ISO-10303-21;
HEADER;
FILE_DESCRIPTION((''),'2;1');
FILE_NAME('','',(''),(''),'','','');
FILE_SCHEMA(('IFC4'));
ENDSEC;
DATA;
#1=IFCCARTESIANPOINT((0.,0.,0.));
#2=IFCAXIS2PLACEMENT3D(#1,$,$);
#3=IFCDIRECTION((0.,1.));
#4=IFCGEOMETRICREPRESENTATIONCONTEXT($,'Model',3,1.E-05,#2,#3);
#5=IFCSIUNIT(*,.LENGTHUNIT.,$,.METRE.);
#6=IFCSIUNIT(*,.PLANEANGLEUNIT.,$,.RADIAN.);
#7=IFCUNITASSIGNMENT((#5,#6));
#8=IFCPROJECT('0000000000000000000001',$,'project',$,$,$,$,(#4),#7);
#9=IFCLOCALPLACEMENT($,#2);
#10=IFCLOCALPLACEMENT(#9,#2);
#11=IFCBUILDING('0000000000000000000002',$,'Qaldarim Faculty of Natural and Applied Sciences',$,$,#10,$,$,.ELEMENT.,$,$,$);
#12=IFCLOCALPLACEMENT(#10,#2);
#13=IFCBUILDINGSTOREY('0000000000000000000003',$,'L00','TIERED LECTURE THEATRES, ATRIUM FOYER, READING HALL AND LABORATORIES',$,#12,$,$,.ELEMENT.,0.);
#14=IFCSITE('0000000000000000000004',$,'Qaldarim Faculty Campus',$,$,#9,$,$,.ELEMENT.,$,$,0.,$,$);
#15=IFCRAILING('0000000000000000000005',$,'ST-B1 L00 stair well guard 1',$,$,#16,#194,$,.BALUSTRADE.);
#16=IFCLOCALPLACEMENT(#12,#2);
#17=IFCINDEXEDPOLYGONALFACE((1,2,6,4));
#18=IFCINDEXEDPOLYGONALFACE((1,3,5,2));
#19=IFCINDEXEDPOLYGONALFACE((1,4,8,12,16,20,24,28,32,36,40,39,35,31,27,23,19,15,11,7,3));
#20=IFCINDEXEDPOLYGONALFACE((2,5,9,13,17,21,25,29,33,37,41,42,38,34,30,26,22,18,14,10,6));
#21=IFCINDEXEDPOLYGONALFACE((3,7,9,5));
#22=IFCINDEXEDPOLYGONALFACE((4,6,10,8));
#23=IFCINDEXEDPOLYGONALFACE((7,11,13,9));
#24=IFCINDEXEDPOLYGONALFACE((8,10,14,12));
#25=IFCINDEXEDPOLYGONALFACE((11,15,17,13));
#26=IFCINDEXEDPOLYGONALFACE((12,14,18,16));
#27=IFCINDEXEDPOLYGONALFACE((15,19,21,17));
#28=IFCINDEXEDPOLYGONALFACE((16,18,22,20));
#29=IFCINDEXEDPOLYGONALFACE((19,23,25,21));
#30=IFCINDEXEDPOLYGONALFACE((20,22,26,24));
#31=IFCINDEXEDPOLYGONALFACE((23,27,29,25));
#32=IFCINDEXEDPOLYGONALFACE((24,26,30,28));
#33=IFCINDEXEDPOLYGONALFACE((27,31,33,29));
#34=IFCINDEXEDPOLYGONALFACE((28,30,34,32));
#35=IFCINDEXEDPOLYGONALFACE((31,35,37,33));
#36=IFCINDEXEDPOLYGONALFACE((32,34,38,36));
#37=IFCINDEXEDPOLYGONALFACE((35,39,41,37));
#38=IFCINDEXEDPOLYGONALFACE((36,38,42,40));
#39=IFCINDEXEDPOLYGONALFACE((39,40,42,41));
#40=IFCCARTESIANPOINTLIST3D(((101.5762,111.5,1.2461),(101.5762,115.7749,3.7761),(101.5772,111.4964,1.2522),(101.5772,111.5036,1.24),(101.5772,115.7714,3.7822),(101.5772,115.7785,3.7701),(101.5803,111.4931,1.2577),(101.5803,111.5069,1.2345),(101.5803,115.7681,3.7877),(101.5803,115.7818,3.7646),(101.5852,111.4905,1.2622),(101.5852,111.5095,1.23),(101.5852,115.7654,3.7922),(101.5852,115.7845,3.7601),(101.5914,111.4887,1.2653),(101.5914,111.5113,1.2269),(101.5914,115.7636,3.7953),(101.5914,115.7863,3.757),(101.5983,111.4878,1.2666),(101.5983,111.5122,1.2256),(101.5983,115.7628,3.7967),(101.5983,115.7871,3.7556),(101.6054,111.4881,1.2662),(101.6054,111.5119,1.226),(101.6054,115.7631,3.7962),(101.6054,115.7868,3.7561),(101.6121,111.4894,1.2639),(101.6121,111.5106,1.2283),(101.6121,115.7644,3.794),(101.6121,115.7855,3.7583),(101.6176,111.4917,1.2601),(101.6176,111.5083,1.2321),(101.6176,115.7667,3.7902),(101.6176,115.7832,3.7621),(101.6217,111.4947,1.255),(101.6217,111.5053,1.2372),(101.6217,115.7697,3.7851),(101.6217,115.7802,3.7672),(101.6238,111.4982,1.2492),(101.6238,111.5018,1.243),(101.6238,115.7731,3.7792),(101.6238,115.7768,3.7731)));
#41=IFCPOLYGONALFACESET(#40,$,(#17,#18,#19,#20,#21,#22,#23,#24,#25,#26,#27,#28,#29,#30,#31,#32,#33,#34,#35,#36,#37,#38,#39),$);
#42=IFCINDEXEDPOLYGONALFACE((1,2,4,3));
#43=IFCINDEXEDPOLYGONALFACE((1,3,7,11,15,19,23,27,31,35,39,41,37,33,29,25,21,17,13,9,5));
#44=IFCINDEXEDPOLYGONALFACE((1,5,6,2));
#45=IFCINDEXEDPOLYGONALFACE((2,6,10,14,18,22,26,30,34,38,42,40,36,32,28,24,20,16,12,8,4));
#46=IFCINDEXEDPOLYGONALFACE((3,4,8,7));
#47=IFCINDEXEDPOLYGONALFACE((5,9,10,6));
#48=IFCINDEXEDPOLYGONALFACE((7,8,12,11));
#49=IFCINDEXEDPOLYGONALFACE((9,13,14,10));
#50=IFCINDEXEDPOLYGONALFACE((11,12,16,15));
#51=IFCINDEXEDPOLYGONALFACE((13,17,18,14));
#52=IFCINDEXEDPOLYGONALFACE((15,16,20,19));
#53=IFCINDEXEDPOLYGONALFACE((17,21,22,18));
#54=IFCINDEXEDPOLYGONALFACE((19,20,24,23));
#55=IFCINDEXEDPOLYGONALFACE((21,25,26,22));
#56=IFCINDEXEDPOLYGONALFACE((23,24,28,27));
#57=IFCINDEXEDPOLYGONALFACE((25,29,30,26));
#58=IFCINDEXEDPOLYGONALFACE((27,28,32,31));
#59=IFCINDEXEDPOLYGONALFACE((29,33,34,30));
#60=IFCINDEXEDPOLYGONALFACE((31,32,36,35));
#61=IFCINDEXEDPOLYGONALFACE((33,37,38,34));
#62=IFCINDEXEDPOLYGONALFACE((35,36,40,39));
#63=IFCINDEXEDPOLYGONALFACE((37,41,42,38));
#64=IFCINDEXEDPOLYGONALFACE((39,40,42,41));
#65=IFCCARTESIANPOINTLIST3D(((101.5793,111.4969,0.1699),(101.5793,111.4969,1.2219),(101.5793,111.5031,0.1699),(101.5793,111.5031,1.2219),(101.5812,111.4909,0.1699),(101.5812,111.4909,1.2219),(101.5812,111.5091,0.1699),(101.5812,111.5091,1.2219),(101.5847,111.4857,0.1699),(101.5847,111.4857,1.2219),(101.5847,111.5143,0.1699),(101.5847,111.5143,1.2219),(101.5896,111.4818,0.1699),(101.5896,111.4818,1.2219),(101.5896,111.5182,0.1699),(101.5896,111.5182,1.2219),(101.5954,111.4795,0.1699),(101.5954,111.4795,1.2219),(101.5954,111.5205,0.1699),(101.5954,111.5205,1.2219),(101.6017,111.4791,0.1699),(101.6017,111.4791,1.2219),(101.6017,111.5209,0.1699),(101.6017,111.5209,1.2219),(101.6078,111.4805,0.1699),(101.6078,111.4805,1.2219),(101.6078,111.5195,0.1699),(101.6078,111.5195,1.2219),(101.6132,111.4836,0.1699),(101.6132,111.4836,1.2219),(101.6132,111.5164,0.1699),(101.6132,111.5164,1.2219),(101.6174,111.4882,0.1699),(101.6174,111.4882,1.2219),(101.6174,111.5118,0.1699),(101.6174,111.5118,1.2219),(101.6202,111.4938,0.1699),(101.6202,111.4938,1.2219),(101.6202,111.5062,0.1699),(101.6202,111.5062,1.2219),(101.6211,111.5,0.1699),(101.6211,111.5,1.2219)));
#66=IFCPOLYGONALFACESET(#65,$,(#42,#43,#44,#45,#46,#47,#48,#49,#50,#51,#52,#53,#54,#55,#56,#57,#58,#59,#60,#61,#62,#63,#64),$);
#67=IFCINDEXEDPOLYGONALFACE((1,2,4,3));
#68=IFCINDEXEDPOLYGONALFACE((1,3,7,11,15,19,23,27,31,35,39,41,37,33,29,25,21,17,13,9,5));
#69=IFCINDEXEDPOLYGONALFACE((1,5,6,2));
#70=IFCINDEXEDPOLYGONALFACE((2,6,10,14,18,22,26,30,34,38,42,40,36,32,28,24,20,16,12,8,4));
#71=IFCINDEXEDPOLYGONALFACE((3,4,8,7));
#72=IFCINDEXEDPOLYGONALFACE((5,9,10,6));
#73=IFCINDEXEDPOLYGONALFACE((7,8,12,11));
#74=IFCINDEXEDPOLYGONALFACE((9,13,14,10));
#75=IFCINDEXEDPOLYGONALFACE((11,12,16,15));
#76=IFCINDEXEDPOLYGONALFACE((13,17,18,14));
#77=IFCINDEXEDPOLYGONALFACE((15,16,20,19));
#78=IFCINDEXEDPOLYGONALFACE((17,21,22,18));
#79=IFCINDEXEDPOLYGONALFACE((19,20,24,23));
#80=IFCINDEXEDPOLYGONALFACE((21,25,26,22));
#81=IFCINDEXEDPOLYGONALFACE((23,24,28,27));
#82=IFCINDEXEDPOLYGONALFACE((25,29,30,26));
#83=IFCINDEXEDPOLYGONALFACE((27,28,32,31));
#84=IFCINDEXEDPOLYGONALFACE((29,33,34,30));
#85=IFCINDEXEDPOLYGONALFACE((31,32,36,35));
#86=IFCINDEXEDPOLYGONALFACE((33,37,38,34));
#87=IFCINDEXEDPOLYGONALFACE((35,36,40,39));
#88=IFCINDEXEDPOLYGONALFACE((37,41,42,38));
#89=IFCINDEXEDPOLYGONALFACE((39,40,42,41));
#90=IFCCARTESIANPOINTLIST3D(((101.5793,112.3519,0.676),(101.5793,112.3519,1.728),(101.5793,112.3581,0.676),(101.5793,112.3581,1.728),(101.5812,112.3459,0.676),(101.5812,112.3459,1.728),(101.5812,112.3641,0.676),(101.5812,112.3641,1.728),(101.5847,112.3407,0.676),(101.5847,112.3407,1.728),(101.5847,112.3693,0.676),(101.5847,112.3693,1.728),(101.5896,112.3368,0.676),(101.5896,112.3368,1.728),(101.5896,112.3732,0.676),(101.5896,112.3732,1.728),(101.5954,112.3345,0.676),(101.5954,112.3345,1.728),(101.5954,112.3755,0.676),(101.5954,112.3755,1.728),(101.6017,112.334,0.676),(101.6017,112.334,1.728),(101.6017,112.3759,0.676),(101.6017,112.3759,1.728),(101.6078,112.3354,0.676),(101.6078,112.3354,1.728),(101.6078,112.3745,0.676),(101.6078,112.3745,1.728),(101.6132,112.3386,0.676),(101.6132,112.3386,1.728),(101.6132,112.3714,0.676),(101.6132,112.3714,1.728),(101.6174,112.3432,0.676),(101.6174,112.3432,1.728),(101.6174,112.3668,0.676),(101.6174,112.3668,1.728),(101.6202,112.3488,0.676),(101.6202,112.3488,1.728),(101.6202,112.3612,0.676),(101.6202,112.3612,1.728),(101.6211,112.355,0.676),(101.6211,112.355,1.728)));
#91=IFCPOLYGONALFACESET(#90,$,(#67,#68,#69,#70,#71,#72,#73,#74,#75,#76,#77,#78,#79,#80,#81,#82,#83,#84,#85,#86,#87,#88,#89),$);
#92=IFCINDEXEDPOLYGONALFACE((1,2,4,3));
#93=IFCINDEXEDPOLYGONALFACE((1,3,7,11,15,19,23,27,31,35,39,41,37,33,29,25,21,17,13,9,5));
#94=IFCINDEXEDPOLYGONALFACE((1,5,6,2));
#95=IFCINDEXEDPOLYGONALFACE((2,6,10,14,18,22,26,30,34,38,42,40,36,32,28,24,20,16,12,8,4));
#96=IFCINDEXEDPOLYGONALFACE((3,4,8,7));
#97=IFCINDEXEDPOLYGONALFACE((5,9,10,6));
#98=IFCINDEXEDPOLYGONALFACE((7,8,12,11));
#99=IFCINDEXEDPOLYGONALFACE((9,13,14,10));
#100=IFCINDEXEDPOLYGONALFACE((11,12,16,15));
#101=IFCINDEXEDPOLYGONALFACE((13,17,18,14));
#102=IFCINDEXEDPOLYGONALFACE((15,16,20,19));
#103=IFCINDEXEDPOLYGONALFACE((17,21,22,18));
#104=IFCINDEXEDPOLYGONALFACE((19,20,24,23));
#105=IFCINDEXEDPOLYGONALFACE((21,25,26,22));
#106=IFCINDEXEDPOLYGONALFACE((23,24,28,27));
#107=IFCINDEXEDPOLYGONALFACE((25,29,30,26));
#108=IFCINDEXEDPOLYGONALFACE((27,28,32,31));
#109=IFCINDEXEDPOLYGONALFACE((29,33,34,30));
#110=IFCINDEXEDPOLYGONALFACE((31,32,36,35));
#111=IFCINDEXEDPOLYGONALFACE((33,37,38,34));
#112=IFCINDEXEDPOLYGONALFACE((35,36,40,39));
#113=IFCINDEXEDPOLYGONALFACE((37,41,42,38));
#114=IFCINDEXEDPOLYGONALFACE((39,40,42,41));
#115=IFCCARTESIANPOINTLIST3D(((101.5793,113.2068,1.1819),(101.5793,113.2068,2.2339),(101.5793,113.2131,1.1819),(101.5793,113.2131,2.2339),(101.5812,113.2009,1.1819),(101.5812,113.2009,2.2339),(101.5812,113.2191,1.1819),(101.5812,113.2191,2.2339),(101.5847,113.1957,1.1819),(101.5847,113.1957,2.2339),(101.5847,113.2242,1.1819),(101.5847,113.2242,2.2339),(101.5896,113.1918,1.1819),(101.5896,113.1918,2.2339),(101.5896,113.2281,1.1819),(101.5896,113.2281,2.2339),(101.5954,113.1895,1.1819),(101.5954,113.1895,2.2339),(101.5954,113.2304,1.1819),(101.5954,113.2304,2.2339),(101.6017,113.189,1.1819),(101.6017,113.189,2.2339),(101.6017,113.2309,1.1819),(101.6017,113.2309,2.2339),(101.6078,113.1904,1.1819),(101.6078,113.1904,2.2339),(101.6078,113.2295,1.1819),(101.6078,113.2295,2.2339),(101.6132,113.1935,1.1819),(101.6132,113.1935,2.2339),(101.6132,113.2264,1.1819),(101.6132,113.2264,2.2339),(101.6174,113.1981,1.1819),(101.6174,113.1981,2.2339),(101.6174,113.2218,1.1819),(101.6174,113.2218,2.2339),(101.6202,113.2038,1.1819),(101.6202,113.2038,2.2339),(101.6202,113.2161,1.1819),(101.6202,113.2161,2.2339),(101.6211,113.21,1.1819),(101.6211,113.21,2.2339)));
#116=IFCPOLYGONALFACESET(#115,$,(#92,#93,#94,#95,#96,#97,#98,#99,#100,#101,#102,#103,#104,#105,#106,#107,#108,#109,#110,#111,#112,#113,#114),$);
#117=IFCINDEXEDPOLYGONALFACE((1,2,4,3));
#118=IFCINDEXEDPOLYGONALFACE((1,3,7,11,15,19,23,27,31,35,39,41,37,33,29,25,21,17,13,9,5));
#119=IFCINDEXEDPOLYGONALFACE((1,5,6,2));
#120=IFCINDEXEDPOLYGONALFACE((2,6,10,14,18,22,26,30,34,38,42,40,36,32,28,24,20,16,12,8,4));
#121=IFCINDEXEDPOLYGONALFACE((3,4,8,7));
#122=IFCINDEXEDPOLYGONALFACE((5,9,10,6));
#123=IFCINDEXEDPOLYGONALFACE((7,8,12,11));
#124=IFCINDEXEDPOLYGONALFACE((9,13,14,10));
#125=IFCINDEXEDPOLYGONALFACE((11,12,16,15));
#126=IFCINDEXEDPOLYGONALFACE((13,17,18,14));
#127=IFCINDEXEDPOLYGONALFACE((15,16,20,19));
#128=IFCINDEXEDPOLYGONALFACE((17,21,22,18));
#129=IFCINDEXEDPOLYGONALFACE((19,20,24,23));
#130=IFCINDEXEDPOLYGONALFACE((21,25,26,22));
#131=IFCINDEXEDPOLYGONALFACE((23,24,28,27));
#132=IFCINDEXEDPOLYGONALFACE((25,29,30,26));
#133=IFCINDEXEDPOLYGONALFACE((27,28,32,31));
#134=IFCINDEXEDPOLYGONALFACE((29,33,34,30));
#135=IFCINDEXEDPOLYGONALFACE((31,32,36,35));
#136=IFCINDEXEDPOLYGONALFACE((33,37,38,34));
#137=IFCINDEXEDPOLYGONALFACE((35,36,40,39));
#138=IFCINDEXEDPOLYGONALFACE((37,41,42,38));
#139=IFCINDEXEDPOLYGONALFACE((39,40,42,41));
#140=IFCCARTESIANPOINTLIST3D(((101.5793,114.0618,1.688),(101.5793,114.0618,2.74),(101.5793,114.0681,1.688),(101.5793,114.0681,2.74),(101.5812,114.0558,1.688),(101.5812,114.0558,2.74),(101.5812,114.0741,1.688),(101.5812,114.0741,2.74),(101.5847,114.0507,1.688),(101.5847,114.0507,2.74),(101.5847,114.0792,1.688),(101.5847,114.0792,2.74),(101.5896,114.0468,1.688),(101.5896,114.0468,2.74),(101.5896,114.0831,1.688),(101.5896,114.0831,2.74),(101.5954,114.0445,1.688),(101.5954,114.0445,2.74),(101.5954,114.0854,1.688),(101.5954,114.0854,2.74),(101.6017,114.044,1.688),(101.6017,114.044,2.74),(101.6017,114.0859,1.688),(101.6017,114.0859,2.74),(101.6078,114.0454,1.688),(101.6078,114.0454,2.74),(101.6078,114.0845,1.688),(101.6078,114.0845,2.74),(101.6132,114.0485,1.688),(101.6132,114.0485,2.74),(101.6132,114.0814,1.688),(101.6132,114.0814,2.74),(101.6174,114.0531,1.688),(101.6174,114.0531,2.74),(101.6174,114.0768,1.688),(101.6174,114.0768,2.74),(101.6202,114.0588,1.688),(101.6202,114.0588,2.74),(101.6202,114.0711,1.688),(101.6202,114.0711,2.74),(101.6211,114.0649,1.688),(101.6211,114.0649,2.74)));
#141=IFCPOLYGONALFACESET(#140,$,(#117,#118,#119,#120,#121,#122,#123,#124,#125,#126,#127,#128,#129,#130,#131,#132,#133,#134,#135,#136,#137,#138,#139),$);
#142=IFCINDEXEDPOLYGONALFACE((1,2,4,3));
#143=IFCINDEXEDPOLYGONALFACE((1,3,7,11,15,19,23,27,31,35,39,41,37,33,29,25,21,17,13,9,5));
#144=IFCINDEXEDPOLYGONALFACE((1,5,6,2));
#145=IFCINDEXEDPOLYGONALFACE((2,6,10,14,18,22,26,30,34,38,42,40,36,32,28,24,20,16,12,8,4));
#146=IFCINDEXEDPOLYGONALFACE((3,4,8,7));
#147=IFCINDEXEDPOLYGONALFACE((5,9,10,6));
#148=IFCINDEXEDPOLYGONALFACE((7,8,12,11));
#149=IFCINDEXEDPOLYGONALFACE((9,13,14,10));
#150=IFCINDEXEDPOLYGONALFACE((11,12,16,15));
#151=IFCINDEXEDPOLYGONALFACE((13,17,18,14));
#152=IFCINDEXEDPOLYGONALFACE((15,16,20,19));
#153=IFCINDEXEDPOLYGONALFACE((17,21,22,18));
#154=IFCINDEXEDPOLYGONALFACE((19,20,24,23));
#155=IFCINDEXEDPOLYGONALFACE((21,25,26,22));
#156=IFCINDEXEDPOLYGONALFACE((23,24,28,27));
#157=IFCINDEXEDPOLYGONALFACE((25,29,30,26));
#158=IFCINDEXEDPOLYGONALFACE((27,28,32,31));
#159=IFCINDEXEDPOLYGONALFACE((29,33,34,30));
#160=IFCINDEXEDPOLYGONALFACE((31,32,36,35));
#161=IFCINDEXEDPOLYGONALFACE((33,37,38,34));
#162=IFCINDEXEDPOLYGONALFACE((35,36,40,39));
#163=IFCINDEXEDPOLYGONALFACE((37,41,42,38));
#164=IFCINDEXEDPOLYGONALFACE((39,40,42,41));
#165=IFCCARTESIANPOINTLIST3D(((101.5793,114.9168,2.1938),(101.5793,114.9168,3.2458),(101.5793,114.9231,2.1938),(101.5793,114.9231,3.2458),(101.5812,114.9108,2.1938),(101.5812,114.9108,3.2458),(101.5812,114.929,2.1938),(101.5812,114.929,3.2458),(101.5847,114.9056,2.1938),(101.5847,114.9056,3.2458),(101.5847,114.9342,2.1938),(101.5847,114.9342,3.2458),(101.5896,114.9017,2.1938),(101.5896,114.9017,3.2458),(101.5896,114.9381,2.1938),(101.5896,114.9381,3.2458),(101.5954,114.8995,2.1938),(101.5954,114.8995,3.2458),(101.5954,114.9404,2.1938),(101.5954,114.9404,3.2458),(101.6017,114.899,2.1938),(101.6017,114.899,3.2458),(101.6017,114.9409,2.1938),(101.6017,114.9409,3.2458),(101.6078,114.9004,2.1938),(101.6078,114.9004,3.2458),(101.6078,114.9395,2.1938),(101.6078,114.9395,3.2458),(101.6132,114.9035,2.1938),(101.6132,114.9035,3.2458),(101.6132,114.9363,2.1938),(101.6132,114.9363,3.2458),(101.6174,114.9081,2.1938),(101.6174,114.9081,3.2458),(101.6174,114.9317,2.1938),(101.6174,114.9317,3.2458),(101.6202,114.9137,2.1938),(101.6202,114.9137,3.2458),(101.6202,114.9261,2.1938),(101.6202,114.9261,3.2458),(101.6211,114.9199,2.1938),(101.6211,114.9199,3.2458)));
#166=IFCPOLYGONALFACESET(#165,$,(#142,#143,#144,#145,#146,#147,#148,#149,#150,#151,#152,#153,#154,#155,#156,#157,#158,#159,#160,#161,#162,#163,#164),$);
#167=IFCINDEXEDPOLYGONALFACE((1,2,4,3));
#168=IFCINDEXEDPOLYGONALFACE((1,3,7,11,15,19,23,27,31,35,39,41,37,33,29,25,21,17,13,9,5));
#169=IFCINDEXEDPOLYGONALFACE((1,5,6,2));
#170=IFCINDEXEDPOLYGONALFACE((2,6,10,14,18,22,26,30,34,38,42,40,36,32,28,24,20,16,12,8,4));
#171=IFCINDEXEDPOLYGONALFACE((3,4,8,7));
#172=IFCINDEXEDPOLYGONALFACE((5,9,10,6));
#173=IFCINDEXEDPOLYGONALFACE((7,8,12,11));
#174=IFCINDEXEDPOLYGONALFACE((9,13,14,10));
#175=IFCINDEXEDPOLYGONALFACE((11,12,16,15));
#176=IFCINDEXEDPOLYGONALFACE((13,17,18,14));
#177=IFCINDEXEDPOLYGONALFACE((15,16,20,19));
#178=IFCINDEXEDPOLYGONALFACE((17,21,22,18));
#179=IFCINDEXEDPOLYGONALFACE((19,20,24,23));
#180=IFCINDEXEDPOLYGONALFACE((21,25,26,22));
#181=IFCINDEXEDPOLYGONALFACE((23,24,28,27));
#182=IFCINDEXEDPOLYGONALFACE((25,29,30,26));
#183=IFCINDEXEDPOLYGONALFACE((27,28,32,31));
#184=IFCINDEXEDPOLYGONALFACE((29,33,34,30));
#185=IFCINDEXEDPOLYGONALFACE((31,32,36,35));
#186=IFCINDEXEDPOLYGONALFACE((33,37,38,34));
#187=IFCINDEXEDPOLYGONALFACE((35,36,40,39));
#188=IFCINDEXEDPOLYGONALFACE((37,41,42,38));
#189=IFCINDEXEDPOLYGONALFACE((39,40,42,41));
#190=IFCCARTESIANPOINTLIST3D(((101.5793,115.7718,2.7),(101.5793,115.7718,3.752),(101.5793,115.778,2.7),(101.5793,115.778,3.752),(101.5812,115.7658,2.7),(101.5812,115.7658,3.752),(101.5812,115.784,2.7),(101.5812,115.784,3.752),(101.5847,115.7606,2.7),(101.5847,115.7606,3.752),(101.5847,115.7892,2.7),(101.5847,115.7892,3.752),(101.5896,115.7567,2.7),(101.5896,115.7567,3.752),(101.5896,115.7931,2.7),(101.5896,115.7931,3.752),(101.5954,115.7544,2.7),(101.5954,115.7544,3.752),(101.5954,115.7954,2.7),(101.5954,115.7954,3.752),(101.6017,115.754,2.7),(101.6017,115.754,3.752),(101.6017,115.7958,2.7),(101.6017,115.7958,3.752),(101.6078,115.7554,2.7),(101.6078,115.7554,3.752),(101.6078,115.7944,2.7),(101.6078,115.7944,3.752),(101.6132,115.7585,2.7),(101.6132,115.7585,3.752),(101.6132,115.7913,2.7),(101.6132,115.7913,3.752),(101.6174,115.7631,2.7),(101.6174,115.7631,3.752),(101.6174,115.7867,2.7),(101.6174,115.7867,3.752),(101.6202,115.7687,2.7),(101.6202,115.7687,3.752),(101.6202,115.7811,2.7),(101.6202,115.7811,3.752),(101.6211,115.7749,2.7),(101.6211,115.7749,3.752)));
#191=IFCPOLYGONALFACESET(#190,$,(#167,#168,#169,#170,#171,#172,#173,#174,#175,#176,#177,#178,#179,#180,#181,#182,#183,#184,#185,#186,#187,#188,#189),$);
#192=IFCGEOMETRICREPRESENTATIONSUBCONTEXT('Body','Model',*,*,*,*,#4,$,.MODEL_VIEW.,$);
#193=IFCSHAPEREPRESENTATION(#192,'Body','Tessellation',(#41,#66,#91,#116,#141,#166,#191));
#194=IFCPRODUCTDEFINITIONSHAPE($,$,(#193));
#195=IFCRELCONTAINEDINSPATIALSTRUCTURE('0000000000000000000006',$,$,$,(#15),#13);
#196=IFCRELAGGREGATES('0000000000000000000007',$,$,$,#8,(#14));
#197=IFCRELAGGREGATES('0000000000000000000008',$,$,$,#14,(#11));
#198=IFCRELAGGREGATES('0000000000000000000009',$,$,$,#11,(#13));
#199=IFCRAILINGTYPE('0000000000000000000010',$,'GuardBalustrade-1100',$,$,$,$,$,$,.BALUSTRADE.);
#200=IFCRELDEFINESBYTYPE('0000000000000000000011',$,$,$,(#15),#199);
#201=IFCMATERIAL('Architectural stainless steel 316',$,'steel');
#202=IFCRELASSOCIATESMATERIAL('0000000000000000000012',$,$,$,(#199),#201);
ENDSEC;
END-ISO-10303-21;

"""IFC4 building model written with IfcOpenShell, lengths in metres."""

from ifc_helpers import new_model, si_unit, direction, frame, origin, origin_2d, place, context, subcontext, project, spatial, circle, extrude, material, type_object, element, save


model = new_model("IFC4")

# Units and contexts
model_context = context("Model", 3, precision=1e-05, world=origin(), true_north=direction((0.0, 1.0)))
body_context = subcontext(model_context, "Body", "Model", "MODEL_VIEW")
ifc_project = project(units=[si_unit("LENGTHUNIT", "METRE"), si_unit("PLANEANGLEUNIT", "RADIAN")], contexts=[model_context])

# Site, building, storey
site_placement = place(None, origin())
site = spatial("IfcSite", under=ifc_project, at=site_placement, Name="Qaldarim Faculty Campus", CompositionType="ELEMENT", RefElevation=0.0)
building_placement = place(site_placement, origin())
building = spatial("IfcBuilding", under=site, at=building_placement, Name="Qaldarim Faculty of Natural and Applied Sciences", CompositionType="ELEMENT")
storey_placement = place(building_placement, origin())
storey = spatial("IfcBuildingStorey", under=building, at=storey_placement, Name="L00", Description="TIERED LECTURE THEATRES, ATRIUM FOYER, READING HALL AND LABORATORIES", CompositionType="ELEMENT", Elevation=0.0)

# Shared definitions
ifc_material_1 = material(Name="Architectural stainless steel 316", Category="steel")

# Railing
railing_type_1 = type_object("IfcRailingType", Name="GuardBalustrade-1100", PredefinedType="BALUSTRADE", material=ifc_material_1)
railing_1_placement = place(storey_placement, frame((101.6001, 111.5, 0.1699)))
element("IfcRailing", 1, at=railing_1_placement, inside=storey, type_object=railing_type_1, Name="ST-B1 L00 stair well guard 1", PredefinedType="BALUSTRADE", context=body_context, shape_type="SweptSolid", body=[
    extrude(circle(Radius=0.0239, at=origin_2d()), frame((0.0, 0.0, 1.0762), z_axis=(0.0, 0.860578, 0.509319), x_axis=(-1.0, 0.0, 0.0)), (0.0, 0.0, 1.0), 4.9675),
    extrude(circle(Radius=0.021, at=origin_2d()), origin(), (0.0, 0.0, 1.0), 1.052),
    extrude(circle(Radius=0.021, at=origin_2d()), frame((0.0, 0.855, 0.5061)), (0.0, 0.0, 1.0), 1.052),
    extrude(circle(Radius=0.021, at=origin_2d()), frame((0.0, 1.71, 1.012)), (0.0, 0.0, 1.0), 1.052),
    extrude(circle(Radius=0.021, at=origin_2d()), frame((0.0, 2.5649, 1.5181)), (0.0, 0.0, 1.0), 1.052),
    extrude(circle(Radius=0.021, at=origin_2d()), frame((0.0, 3.4199, 2.0239)), (0.0, 0.0, 1.0), 1.052),
    extrude(circle(Radius=0.021, at=origin_2d()), frame((0.0, 4.2749, 2.53)), (0.0, 0.0, 1.0), 1.052),
])

save(model, "model.ifc")
